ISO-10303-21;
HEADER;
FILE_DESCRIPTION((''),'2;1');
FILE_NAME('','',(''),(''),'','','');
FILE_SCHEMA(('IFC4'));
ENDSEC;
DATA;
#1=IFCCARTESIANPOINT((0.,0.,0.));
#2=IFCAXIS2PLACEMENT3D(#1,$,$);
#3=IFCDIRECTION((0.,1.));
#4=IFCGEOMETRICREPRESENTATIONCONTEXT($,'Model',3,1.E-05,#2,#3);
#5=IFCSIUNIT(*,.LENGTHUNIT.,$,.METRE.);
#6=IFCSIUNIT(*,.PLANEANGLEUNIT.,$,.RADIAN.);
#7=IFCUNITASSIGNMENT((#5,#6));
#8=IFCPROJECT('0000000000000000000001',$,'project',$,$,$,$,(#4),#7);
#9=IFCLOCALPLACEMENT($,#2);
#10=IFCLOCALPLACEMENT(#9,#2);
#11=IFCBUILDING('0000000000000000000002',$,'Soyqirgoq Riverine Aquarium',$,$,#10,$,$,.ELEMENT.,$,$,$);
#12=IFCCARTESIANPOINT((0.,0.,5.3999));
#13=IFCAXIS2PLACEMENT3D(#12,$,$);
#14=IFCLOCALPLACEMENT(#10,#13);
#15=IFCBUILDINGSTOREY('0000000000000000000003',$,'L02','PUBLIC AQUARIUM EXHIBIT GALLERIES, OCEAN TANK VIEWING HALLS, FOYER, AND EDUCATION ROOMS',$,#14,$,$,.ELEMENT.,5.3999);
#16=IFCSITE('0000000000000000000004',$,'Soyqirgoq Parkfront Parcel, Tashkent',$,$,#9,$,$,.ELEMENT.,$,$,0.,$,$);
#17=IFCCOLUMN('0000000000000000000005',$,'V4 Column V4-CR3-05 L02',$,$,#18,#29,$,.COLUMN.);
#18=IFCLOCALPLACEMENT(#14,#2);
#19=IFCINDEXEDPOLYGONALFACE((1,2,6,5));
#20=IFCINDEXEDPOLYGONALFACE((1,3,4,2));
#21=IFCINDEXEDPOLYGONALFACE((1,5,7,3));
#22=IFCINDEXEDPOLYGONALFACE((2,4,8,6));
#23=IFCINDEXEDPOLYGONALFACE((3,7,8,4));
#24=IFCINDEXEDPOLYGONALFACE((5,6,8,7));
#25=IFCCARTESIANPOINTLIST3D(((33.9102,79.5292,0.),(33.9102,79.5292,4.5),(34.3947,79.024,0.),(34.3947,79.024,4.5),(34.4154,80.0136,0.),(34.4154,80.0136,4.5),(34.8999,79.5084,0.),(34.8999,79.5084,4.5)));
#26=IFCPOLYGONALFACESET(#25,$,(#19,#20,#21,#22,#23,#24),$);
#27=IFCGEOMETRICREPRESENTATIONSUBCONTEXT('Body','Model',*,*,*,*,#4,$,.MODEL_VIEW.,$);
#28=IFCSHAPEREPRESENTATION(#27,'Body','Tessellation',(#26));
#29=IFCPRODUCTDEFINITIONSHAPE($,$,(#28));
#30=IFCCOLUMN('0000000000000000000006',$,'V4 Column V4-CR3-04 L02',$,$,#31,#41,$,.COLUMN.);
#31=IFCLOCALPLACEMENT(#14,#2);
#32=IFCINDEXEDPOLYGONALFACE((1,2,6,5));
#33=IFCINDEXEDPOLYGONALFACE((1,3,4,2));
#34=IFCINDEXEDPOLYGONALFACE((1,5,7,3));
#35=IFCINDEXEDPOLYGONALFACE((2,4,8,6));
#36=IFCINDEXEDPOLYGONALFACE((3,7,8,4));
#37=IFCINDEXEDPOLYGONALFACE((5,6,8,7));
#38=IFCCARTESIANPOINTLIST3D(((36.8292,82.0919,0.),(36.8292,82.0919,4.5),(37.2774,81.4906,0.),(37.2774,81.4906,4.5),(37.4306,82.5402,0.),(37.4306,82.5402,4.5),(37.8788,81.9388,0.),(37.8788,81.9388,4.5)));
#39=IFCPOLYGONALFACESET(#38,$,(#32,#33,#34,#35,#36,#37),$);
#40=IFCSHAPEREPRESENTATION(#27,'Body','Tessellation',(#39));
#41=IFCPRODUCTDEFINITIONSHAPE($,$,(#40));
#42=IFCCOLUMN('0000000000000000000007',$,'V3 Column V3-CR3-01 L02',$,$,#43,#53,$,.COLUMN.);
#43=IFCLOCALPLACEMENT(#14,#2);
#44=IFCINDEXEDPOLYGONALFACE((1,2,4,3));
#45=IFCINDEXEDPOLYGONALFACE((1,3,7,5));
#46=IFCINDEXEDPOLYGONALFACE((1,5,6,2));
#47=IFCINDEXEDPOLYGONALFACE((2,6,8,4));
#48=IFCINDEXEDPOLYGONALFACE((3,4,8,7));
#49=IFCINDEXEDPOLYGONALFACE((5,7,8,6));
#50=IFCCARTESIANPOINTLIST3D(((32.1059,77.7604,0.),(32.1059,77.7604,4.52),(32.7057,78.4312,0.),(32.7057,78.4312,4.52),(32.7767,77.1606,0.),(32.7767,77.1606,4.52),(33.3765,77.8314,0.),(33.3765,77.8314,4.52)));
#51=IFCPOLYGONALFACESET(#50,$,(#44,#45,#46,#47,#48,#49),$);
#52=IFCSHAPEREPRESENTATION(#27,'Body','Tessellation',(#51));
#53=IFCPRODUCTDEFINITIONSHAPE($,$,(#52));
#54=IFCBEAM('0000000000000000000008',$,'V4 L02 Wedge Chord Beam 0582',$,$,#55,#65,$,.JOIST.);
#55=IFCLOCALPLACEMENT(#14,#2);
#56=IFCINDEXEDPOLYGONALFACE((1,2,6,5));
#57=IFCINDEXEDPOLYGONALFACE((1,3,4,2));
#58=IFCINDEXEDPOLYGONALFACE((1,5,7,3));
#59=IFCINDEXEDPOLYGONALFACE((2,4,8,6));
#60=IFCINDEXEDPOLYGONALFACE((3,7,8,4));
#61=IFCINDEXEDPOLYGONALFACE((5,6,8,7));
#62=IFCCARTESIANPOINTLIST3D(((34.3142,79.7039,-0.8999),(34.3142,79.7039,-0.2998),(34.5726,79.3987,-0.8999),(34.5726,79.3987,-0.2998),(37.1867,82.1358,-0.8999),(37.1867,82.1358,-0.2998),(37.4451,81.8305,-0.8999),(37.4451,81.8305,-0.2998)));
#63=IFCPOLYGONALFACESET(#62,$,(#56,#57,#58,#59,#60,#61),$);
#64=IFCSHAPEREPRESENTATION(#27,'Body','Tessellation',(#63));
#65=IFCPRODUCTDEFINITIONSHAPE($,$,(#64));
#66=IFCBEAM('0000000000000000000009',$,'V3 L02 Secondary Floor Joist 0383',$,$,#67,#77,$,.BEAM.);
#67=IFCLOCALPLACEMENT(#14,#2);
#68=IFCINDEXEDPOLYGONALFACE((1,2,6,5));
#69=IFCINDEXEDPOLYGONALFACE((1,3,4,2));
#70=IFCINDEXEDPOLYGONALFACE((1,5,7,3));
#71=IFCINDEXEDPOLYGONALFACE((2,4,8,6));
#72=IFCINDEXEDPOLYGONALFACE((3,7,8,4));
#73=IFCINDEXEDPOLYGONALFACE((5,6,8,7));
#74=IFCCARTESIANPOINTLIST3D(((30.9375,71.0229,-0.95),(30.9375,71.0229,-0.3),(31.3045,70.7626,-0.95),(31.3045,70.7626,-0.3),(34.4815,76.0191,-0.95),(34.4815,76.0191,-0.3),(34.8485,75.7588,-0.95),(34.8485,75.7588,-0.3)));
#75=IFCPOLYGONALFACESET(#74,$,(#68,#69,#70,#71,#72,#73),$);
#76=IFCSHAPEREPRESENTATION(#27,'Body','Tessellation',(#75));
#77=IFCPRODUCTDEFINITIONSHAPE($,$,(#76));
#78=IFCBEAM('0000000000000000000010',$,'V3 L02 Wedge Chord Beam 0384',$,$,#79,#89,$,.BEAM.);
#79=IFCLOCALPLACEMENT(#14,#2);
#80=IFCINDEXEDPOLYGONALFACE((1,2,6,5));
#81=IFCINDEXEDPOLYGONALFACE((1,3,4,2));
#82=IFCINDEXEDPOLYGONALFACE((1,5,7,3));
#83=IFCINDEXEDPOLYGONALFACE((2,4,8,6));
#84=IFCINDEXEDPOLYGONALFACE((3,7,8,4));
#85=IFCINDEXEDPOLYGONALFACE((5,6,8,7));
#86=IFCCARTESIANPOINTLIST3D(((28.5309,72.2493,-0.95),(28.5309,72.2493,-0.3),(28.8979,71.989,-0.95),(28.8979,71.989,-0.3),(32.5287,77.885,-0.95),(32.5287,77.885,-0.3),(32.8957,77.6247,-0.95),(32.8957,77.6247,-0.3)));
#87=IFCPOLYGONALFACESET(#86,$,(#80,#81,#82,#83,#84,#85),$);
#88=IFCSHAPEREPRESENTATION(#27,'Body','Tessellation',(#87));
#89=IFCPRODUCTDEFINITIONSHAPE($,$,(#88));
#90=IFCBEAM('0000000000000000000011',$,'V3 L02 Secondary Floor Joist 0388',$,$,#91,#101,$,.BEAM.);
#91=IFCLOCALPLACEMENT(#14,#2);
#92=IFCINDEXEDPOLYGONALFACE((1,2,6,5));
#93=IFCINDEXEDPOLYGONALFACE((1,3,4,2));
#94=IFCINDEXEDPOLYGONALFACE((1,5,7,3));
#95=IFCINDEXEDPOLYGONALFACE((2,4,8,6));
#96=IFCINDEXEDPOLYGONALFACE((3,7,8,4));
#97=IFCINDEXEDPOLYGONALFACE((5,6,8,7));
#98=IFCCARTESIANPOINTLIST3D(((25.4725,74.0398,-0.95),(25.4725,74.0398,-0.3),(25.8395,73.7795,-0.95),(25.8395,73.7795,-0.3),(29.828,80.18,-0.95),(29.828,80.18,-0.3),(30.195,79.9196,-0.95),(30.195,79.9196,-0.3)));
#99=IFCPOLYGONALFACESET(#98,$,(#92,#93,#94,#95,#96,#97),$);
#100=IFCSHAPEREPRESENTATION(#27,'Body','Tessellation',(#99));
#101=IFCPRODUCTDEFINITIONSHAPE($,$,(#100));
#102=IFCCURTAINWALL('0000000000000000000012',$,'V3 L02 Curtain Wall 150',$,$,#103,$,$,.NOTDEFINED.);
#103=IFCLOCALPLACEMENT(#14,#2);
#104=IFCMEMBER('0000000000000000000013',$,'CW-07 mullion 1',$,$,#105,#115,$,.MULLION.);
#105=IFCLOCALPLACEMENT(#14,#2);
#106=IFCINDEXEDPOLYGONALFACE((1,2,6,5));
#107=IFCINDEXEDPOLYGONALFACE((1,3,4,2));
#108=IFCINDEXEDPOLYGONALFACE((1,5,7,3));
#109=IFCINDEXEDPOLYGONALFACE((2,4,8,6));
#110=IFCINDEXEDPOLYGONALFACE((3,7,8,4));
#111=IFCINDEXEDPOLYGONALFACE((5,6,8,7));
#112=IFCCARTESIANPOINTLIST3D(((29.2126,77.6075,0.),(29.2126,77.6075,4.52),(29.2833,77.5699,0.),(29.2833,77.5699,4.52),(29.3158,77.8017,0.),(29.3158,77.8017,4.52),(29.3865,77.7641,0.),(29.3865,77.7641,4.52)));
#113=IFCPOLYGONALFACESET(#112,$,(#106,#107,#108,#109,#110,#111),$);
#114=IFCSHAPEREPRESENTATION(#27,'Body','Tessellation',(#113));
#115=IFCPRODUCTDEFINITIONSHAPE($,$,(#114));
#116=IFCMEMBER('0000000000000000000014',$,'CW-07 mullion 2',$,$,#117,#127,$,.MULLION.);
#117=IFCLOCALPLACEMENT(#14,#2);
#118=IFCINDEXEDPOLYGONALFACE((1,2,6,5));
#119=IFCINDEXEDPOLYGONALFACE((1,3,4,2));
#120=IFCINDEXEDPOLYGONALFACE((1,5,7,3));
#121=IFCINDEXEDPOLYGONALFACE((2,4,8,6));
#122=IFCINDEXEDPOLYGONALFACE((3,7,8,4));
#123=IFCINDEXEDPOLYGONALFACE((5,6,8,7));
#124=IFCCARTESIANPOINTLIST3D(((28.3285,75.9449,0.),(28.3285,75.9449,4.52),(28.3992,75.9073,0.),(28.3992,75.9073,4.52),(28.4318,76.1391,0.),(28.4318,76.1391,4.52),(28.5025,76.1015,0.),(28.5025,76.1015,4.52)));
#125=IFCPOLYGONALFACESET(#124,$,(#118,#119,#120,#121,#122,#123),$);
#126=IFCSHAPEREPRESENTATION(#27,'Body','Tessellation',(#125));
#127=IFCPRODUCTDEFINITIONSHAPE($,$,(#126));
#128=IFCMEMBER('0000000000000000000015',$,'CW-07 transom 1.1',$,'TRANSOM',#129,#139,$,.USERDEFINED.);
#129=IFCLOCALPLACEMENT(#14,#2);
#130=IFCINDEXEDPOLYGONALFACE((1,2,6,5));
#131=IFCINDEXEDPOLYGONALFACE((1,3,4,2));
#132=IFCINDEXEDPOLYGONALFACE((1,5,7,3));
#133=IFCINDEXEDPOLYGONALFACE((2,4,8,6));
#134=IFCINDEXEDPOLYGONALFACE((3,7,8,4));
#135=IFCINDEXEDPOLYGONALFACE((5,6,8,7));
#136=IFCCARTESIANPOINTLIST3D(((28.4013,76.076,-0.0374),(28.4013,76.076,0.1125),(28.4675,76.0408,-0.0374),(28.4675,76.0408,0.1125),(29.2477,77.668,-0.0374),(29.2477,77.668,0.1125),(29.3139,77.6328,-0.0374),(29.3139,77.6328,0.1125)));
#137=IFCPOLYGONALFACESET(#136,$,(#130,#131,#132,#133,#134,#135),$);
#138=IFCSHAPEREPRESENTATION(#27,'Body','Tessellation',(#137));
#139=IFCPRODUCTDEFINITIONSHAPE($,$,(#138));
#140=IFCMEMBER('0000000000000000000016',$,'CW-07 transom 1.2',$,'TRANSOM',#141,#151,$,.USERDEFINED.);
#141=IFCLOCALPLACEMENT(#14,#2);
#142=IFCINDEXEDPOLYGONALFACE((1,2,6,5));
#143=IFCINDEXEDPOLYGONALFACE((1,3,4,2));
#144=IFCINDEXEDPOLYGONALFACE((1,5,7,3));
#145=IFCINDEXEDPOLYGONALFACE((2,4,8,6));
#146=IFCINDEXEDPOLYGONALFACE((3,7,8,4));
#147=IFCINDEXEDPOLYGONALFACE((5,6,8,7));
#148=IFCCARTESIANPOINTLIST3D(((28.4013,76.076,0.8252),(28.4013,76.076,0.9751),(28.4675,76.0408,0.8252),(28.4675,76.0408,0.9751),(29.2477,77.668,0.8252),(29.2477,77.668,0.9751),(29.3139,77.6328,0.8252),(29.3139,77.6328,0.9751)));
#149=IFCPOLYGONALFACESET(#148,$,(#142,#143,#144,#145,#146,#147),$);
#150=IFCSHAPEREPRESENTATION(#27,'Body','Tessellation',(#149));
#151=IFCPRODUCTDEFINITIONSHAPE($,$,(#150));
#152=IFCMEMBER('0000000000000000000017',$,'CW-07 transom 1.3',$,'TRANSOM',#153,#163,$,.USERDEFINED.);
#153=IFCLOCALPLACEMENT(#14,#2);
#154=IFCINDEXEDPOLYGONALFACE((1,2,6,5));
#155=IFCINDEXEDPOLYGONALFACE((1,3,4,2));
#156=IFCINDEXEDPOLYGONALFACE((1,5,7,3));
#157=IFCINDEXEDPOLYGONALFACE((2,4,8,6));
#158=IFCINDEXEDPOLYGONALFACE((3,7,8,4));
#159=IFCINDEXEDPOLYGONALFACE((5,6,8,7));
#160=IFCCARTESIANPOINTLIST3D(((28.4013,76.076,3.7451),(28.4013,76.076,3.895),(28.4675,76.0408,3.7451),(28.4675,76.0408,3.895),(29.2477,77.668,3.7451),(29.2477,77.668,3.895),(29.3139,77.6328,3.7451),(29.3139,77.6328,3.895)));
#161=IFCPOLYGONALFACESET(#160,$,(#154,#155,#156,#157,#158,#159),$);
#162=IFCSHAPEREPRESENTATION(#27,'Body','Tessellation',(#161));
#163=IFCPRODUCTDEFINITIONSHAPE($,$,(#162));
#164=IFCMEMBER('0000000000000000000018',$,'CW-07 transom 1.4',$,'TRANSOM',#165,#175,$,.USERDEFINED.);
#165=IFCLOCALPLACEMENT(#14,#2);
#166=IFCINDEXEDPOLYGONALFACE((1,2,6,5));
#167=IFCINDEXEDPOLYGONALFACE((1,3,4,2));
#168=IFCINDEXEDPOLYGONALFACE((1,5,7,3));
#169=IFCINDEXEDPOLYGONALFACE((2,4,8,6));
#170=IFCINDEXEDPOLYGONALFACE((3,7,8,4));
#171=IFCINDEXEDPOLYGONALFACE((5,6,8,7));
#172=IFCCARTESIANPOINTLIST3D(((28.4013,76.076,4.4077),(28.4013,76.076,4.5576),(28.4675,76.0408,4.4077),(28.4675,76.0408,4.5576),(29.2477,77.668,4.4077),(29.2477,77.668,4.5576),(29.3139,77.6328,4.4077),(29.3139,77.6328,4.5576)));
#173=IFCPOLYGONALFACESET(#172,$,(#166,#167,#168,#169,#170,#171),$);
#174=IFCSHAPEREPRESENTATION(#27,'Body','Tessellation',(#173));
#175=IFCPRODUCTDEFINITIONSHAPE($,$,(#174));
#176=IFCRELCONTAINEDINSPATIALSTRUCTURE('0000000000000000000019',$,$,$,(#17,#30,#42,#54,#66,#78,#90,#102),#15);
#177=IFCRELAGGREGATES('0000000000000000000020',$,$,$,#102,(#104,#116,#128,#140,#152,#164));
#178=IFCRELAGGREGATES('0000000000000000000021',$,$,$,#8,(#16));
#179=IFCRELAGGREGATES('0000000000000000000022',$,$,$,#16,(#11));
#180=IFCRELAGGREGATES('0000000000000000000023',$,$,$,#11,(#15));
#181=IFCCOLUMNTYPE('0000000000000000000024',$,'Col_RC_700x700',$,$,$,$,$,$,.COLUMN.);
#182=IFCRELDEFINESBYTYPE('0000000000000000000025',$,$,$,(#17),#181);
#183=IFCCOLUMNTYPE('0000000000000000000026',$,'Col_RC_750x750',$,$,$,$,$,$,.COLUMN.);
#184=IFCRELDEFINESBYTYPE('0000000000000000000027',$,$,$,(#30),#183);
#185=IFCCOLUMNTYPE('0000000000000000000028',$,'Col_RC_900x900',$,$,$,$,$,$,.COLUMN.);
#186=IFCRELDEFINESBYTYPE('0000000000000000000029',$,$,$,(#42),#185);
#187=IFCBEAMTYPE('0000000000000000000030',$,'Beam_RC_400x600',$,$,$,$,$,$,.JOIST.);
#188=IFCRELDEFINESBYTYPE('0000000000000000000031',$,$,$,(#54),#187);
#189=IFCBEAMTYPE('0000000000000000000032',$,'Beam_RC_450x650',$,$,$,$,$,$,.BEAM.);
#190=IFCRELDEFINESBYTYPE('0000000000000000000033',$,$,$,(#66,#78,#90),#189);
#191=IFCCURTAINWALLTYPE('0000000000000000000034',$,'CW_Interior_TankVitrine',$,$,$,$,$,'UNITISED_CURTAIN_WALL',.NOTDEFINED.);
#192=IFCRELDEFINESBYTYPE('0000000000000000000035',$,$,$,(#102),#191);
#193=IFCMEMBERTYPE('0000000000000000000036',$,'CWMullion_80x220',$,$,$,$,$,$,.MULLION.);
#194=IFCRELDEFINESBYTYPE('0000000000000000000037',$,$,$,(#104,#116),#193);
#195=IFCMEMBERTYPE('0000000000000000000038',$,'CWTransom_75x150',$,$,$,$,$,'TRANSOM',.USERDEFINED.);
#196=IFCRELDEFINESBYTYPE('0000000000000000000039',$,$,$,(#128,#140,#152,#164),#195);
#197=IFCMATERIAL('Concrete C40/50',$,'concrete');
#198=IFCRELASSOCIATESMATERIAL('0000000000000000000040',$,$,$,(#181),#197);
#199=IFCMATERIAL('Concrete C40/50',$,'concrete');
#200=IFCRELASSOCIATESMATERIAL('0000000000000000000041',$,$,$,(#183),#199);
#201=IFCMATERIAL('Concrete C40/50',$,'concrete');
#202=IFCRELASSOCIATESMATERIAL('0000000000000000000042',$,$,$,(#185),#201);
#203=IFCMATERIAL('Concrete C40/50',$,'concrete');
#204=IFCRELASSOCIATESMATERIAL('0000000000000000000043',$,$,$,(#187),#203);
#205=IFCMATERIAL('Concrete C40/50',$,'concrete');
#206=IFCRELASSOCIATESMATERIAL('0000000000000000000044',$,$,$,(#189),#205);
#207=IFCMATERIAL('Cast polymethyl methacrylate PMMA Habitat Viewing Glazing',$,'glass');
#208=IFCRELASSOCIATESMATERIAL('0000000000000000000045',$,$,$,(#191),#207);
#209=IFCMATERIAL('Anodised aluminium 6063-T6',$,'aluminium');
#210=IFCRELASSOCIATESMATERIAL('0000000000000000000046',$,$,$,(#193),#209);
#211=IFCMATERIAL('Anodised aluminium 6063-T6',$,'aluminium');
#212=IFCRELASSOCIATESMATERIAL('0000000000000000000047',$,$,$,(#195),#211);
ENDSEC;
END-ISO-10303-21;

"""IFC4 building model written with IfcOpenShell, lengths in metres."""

from ifc_helpers import new_model, si_unit, direction, frame, origin, origin_2d, place, context, subcontext, project, spatial, rectangle, extrude, material, material_profile, profile_set, type_object, element, aggregate, save


model = new_model("IFC4")

# Units and contexts
model_context = context("Model", 3, precision=1e-05, world=origin(), true_north=direction((0.0, 1.0)))
body_context = subcontext(model_context, "Body", "Model", "MODEL_VIEW")
ifc_project = project(units=[si_unit("LENGTHUNIT", "METRE"), si_unit("PLANEANGLEUNIT", "RADIAN")], contexts=[model_context])

# Site, building, storey
site_placement = place(None, origin())
site = spatial("IfcSite", under=ifc_project, at=site_placement, Name="Soyqirgoq Parkfront Parcel, Tashkent", CompositionType="ELEMENT", RefElevation=0.0)
building_placement = place(site_placement, origin())
building = spatial("IfcBuilding", under=site, at=building_placement, Name="Soyqirgoq Riverine Aquarium", CompositionType="ELEMENT")
storey_placement = place(building_placement, frame((0.0, 0.0, 5.3999)))
storey = spatial("IfcBuildingStorey", under=building, at=storey_placement, Name="L02", Description="PUBLIC AQUARIUM EXHIBIT GALLERIES, OCEAN TANK VIEWING HALLS, FOYER, AND EDUCATION ROOMS", CompositionType="ELEMENT", Elevation=5.3999)

# Columns
ifc_material_1 = material(Name="Concrete C40/50", Category="concrete")
ifc_material_profile_1 = material_profile(ifc_material_1, rectangle(XDim=0.7, YDim=0.7, at=origin_2d()), Name="RC 700x700")
ifc_profile_set_1 = profile_set([ifc_material_profile_1], Name="Concrete C40/50")
column_type_1 = type_object("IfcColumnType", Name="Col_RC_700x700", PredefinedType="COLUMN", material=ifc_profile_set_1)
column_1_placement = place(storey_placement, frame((34.405, 79.5188, 0.0), z_axis=(0.0, 0.0, 1.0), x_axis=(-0.692143, 0.72176, 0.0)))
element("IfcColumn", 1, at=column_1_placement, inside=storey, type_object=column_type_1, Name="V4 Column V4-CR3-05 L02", PredefinedType="COLUMN", context=body_context, shape_type="SweptSolid", body=[
    extrude(rectangle(XDim=0.7, YDim=0.7, at=origin_2d()), origin(), (0.0, 0.0, 1.0), 4.5),
])
ifc_material_2 = material(Name="Concrete C40/50", Category="concrete")
ifc_material_profile_2 = material_profile(ifc_material_2, rectangle(XDim=0.75, YDim=0.75, at=origin_2d()), Name="RC 750x750")
ifc_profile_set_2 = profile_set([ifc_material_profile_2], Name="Concrete C40/50")
column_type_2 = type_object("IfcColumnType", Name="Col_RC_750x750", PredefinedType="COLUMN", material=ifc_profile_set_2)
column_2_placement = place(storey_placement, frame((37.354, 82.0154, 0.0), z_axis=(0.0, 0.0, 1.0), x_axis=(-0.597625, 0.801776, 0.0)))
element("IfcColumn", 2, at=column_2_placement, inside=storey, type_object=column_type_2, Name="V4 Column V4-CR3-04 L02", PredefinedType="COLUMN", context=body_context, shape_type="SweptSolid", body=[
    extrude(rectangle(XDim=0.75, YDim=0.75, at=origin_2d()), origin(), (0.0, 0.0, 1.0), 4.5),
])
ifc_material_3 = material(Name="Concrete C40/50", Category="concrete")
ifc_material_profile_3 = material_profile(ifc_material_3, rectangle(XDim=0.8999, YDim=0.8999, at=origin_2d()), Name="RC 900x900")
ifc_profile_set_3 = profile_set([ifc_material_profile_3], Name="Concrete C40/50")
column_type_3 = type_object("IfcColumnType", Name="Col_RC_900x900", PredefinedType="COLUMN", material=ifc_profile_set_3)
column_3_placement = place(storey_placement, frame((32.7412, 77.7959, 0.0), z_axis=(0.0, 0.0, 1.0), x_axis=(-0.745476, 0.666532, 0.0)))
element("IfcColumn", 3, at=column_3_placement, inside=storey, type_object=column_type_3, Name="V3 Column V3-CR3-01 L02", PredefinedType="COLUMN", context=body_context, shape_type="SweptSolid", body=[
    extrude(rectangle(XDim=0.8999, YDim=0.8999, at=origin_2d()), origin(), (0.0, 0.0, 1.0), 4.52),
])

# Beams
ifc_material_4 = material(Name="Concrete C40/50", Category="concrete")
ifc_material_profile_4 = material_profile(ifc_material_4, rectangle(XDim=0.3999, YDim=0.6001, at=origin_2d()), Name="RC 400x600")
ifc_profile_set_4 = profile_set([ifc_material_profile_4], Name="Concrete C40/50")
beam_type_1 = type_object("IfcBeamType", Name="Beam_RC_400x600", PredefinedType="JOIST", material=ifc_profile_set_4)
beam_1_placement = place(storey_placement, frame((37.3159, 81.9832, -0.5999), z_axis=(-0.763221, -0.646137, 0.0), x_axis=(0.646137, -0.763221, 0.0)))
element("IfcBeam", 4, at=beam_1_placement, inside=storey, type_object=beam_type_1, Name="V4 L02 Wedge Chord Beam 0582", PredefinedType="JOIST", context=body_context, shape_type="SweptSolid", body=[
    extrude(rectangle(XDim=0.3999, YDim=0.6001, at=origin_2d()), origin(), (0.0, 0.0, 1.0), 3.7637),
])
ifc_material_5 = material(Name="Concrete C40/50", Category="concrete")
ifc_material_profile_5 = material_profile(ifc_material_5, rectangle(XDim=0.45, YDim=0.6499, at=origin_2d()), Name="RC 450x650")
ifc_profile_set_5 = profile_set([ifc_material_profile_5], Name="Concrete C40/50")
beam_type_2 = type_object("IfcBeamType", Name="Beam_RC_450x650", PredefinedType="BEAM", material=ifc_profile_set_5)
beam_2_placement = place(storey_placement, frame((34.665, 75.8889, -0.625), z_axis=(-0.578566, -0.815636, 0.0), x_axis=(0.815636, -0.578566, 0.0)))
element("IfcBeam", 5, at=beam_2_placement, inside=storey, type_object=beam_type_2, Name="V3 L02 Secondary Floor Joist 0383", PredefinedType="BEAM", context=body_context, shape_type="SweptSolid", body=[
    extrude(rectangle(XDim=0.45, YDim=0.6499, at=origin_2d()), origin(), (0.0, 0.0, 1.0), 6.1255),
])
beam_3_placement = place(storey_placement, frame((32.7122, 77.7549, -0.625), z_axis=(-0.578578, -0.815627, 0.0), x_axis=(0.815627, -0.578578, 0.0)))
element("IfcBeam", 6, at=beam_3_placement, inside=storey, type_object=beam_type_2, Name="V3 L02 Wedge Chord Beam 0384", PredefinedType="BEAM", context=body_context, shape_type="SweptSolid", body=[
    extrude(rectangle(XDim=0.45, YDim=0.6499, at=origin_2d()), origin(), (0.0, 0.0, 1.0), 6.9097),
])
beam_4_placement = place(storey_placement, frame((30.0115, 80.0498, -0.625), z_axis=(-0.578566, -0.815636, 0.0), x_axis=(0.815636, -0.578566, 0.0)))
element("IfcBeam", 7, at=beam_4_placement, inside=storey, type_object=beam_type_2, Name="V3 L02 Secondary Floor Joist 0388", PredefinedType="BEAM", context=body_context, shape_type="SweptSolid", body=[
    extrude(rectangle(XDim=0.45, YDim=0.6499, at=origin_2d()), origin(), (0.0, 0.0, 1.0), 7.5281),
])

# Curtain wall, members
ifc_material_6 = material(Name="Cast polymethyl methacrylate PMMA Habitat Viewing Glazing", Category="glass")
curtain_wall_type = type_object("IfcCurtainWallType", Name="CW_Interior_TankVitrine", ElementType="UNITISED_CURTAIN_WALL", PredefinedType="NOTDEFINED", material=ifc_material_6)
curtain_wall_placement = place(storey_placement, origin())
curtain_wall = element("IfcCurtainWall", 8, at=curtain_wall_placement, inside=storey, type_object=curtain_wall_type, Name="V3 L02 Curtain Wall 150", PredefinedType="NOTDEFINED")
ifc_material_7 = material(Name="Anodised aluminium 6063-T6", Category="aluminium")
ifc_material_profile_6 = material_profile(ifc_material_7, rectangle(XDim=0.0801, YDim=0.22, at=origin_2d()), Name="ALU-M 80x220")
ifc_profile_set_6 = profile_set([ifc_material_profile_6], Name="Anodised aluminium 6063-T6")
member_type_1 = type_object("IfcMemberType", Name="CWMullion_80x220", PredefinedType="MULLION", material=ifc_profile_set_6)
member_1_placement = place(storey_placement, frame((29.2996, 77.6858, 0.0), z_axis=(0.0, 0.0, 1.0), x_axis=(0.882946, -0.469475, 0.0)))
member_1 = element("IfcMember", 9, at=member_1_placement, type_object=member_type_1, Name="CW-07 mullion 1", PredefinedType="MULLION", context=body_context, shape_type="SweptSolid", body=[
    extrude(rectangle(XDim=0.0801, YDim=0.22, at=origin_2d()), origin(), (0.0, 0.0, 1.0), 4.52),
])
member_2_placement = place(storey_placement, frame((28.4155, 76.0232, 0.0), z_axis=(0.0, 0.0, 1.0), x_axis=(0.882946, -0.469475, 0.0)))
member_2 = element("IfcMember", 10, at=member_2_placement, type_object=member_type_1, Name="CW-07 mullion 2", PredefinedType="MULLION", context=body_context, shape_type="SweptSolid", body=[
    extrude(rectangle(XDim=0.0801, YDim=0.22, at=origin_2d()), origin(), (0.0, 0.0, 1.0), 4.52),
])
ifc_material_8 = material(Name="Anodised aluminium 6063-T6", Category="aluminium")
ifc_material_profile_7 = material_profile(ifc_material_8, rectangle(XDim=0.075, YDim=0.1499, at=origin_2d()), Name="ALU-T 75x150")
ifc_profile_set_7 = profile_set([ifc_material_profile_7], Name="Anodised aluminium 6063-T6")
member_type_2 = type_object("IfcMemberType", Name="CWTransom_75x150", ElementType="TRANSOM", PredefinedType="USERDEFINED", material=ifc_profile_set_7)
member_3_placement = place(storey_placement, frame((29.2808, 77.6504, 0.0376), z_axis=(-0.469442, -0.882963, 0.0), x_axis=(0.882963, -0.469442, 0.0)))
member_3 = element("IfcMember", 11, at=member_3_placement, type_object=member_type_2, Name="CW-07 transom 1.1", ObjectType="TRANSOM", PredefinedType="USERDEFINED", context=body_context, shape_type="SweptSolid", body=[
    extrude(rectangle(XDim=0.075, YDim=0.1499, at=origin_2d()), origin(), (0.0, 0.0, 1.0), 1.803),
])
member_4_placement = place(storey_placement, frame((29.2808, 77.6504, 0.9001), z_axis=(-0.469442, -0.882963, 0.0), x_axis=(0.882963, -0.469442, 0.0)))
member_4 = element("IfcMember", 12, at=member_4_placement, type_object=member_type_2, Name="CW-07 transom 1.2", ObjectType="TRANSOM", PredefinedType="USERDEFINED", context=body_context, shape_type="SweptSolid", body=[
    extrude(rectangle(XDim=0.075, YDim=0.1499, at=origin_2d()), origin(), (0.0, 0.0, 1.0), 1.803),
])
member_5_placement = place(storey_placement, frame((29.2808, 77.6504, 3.8201), z_axis=(-0.469442, -0.882963, 0.0), x_axis=(0.882963, -0.469442, 0.0)))
member_5 = element("IfcMember", 13, at=member_5_placement, type_object=member_type_2, Name="CW-07 transom 1.3", ObjectType="TRANSOM", PredefinedType="USERDEFINED", context=body_context, shape_type="SweptSolid", body=[
    extrude(rectangle(XDim=0.075, YDim=0.1499, at=origin_2d()), origin(), (0.0, 0.0, 1.0), 1.803),
])
member_6_placement = place(storey_placement, frame((29.2808, 77.6504, 4.4827), z_axis=(-0.469442, -0.882963, 0.0), x_axis=(0.882963, -0.469442, 0.0)))
member_6 = element("IfcMember", 14, at=member_6_placement, type_object=member_type_2, Name="CW-07 transom 1.4", ObjectType="TRANSOM", PredefinedType="USERDEFINED", context=body_context, shape_type="SweptSolid", body=[
    extrude(rectangle(XDim=0.075, YDim=0.1499, at=origin_2d()), origin(), (0.0, 0.0, 1.0), 1.803),
])

aggregate(curtain_wall, [member_1, member_2, member_3, member_4, member_5, member_6])

save(model, "model.ifc")
